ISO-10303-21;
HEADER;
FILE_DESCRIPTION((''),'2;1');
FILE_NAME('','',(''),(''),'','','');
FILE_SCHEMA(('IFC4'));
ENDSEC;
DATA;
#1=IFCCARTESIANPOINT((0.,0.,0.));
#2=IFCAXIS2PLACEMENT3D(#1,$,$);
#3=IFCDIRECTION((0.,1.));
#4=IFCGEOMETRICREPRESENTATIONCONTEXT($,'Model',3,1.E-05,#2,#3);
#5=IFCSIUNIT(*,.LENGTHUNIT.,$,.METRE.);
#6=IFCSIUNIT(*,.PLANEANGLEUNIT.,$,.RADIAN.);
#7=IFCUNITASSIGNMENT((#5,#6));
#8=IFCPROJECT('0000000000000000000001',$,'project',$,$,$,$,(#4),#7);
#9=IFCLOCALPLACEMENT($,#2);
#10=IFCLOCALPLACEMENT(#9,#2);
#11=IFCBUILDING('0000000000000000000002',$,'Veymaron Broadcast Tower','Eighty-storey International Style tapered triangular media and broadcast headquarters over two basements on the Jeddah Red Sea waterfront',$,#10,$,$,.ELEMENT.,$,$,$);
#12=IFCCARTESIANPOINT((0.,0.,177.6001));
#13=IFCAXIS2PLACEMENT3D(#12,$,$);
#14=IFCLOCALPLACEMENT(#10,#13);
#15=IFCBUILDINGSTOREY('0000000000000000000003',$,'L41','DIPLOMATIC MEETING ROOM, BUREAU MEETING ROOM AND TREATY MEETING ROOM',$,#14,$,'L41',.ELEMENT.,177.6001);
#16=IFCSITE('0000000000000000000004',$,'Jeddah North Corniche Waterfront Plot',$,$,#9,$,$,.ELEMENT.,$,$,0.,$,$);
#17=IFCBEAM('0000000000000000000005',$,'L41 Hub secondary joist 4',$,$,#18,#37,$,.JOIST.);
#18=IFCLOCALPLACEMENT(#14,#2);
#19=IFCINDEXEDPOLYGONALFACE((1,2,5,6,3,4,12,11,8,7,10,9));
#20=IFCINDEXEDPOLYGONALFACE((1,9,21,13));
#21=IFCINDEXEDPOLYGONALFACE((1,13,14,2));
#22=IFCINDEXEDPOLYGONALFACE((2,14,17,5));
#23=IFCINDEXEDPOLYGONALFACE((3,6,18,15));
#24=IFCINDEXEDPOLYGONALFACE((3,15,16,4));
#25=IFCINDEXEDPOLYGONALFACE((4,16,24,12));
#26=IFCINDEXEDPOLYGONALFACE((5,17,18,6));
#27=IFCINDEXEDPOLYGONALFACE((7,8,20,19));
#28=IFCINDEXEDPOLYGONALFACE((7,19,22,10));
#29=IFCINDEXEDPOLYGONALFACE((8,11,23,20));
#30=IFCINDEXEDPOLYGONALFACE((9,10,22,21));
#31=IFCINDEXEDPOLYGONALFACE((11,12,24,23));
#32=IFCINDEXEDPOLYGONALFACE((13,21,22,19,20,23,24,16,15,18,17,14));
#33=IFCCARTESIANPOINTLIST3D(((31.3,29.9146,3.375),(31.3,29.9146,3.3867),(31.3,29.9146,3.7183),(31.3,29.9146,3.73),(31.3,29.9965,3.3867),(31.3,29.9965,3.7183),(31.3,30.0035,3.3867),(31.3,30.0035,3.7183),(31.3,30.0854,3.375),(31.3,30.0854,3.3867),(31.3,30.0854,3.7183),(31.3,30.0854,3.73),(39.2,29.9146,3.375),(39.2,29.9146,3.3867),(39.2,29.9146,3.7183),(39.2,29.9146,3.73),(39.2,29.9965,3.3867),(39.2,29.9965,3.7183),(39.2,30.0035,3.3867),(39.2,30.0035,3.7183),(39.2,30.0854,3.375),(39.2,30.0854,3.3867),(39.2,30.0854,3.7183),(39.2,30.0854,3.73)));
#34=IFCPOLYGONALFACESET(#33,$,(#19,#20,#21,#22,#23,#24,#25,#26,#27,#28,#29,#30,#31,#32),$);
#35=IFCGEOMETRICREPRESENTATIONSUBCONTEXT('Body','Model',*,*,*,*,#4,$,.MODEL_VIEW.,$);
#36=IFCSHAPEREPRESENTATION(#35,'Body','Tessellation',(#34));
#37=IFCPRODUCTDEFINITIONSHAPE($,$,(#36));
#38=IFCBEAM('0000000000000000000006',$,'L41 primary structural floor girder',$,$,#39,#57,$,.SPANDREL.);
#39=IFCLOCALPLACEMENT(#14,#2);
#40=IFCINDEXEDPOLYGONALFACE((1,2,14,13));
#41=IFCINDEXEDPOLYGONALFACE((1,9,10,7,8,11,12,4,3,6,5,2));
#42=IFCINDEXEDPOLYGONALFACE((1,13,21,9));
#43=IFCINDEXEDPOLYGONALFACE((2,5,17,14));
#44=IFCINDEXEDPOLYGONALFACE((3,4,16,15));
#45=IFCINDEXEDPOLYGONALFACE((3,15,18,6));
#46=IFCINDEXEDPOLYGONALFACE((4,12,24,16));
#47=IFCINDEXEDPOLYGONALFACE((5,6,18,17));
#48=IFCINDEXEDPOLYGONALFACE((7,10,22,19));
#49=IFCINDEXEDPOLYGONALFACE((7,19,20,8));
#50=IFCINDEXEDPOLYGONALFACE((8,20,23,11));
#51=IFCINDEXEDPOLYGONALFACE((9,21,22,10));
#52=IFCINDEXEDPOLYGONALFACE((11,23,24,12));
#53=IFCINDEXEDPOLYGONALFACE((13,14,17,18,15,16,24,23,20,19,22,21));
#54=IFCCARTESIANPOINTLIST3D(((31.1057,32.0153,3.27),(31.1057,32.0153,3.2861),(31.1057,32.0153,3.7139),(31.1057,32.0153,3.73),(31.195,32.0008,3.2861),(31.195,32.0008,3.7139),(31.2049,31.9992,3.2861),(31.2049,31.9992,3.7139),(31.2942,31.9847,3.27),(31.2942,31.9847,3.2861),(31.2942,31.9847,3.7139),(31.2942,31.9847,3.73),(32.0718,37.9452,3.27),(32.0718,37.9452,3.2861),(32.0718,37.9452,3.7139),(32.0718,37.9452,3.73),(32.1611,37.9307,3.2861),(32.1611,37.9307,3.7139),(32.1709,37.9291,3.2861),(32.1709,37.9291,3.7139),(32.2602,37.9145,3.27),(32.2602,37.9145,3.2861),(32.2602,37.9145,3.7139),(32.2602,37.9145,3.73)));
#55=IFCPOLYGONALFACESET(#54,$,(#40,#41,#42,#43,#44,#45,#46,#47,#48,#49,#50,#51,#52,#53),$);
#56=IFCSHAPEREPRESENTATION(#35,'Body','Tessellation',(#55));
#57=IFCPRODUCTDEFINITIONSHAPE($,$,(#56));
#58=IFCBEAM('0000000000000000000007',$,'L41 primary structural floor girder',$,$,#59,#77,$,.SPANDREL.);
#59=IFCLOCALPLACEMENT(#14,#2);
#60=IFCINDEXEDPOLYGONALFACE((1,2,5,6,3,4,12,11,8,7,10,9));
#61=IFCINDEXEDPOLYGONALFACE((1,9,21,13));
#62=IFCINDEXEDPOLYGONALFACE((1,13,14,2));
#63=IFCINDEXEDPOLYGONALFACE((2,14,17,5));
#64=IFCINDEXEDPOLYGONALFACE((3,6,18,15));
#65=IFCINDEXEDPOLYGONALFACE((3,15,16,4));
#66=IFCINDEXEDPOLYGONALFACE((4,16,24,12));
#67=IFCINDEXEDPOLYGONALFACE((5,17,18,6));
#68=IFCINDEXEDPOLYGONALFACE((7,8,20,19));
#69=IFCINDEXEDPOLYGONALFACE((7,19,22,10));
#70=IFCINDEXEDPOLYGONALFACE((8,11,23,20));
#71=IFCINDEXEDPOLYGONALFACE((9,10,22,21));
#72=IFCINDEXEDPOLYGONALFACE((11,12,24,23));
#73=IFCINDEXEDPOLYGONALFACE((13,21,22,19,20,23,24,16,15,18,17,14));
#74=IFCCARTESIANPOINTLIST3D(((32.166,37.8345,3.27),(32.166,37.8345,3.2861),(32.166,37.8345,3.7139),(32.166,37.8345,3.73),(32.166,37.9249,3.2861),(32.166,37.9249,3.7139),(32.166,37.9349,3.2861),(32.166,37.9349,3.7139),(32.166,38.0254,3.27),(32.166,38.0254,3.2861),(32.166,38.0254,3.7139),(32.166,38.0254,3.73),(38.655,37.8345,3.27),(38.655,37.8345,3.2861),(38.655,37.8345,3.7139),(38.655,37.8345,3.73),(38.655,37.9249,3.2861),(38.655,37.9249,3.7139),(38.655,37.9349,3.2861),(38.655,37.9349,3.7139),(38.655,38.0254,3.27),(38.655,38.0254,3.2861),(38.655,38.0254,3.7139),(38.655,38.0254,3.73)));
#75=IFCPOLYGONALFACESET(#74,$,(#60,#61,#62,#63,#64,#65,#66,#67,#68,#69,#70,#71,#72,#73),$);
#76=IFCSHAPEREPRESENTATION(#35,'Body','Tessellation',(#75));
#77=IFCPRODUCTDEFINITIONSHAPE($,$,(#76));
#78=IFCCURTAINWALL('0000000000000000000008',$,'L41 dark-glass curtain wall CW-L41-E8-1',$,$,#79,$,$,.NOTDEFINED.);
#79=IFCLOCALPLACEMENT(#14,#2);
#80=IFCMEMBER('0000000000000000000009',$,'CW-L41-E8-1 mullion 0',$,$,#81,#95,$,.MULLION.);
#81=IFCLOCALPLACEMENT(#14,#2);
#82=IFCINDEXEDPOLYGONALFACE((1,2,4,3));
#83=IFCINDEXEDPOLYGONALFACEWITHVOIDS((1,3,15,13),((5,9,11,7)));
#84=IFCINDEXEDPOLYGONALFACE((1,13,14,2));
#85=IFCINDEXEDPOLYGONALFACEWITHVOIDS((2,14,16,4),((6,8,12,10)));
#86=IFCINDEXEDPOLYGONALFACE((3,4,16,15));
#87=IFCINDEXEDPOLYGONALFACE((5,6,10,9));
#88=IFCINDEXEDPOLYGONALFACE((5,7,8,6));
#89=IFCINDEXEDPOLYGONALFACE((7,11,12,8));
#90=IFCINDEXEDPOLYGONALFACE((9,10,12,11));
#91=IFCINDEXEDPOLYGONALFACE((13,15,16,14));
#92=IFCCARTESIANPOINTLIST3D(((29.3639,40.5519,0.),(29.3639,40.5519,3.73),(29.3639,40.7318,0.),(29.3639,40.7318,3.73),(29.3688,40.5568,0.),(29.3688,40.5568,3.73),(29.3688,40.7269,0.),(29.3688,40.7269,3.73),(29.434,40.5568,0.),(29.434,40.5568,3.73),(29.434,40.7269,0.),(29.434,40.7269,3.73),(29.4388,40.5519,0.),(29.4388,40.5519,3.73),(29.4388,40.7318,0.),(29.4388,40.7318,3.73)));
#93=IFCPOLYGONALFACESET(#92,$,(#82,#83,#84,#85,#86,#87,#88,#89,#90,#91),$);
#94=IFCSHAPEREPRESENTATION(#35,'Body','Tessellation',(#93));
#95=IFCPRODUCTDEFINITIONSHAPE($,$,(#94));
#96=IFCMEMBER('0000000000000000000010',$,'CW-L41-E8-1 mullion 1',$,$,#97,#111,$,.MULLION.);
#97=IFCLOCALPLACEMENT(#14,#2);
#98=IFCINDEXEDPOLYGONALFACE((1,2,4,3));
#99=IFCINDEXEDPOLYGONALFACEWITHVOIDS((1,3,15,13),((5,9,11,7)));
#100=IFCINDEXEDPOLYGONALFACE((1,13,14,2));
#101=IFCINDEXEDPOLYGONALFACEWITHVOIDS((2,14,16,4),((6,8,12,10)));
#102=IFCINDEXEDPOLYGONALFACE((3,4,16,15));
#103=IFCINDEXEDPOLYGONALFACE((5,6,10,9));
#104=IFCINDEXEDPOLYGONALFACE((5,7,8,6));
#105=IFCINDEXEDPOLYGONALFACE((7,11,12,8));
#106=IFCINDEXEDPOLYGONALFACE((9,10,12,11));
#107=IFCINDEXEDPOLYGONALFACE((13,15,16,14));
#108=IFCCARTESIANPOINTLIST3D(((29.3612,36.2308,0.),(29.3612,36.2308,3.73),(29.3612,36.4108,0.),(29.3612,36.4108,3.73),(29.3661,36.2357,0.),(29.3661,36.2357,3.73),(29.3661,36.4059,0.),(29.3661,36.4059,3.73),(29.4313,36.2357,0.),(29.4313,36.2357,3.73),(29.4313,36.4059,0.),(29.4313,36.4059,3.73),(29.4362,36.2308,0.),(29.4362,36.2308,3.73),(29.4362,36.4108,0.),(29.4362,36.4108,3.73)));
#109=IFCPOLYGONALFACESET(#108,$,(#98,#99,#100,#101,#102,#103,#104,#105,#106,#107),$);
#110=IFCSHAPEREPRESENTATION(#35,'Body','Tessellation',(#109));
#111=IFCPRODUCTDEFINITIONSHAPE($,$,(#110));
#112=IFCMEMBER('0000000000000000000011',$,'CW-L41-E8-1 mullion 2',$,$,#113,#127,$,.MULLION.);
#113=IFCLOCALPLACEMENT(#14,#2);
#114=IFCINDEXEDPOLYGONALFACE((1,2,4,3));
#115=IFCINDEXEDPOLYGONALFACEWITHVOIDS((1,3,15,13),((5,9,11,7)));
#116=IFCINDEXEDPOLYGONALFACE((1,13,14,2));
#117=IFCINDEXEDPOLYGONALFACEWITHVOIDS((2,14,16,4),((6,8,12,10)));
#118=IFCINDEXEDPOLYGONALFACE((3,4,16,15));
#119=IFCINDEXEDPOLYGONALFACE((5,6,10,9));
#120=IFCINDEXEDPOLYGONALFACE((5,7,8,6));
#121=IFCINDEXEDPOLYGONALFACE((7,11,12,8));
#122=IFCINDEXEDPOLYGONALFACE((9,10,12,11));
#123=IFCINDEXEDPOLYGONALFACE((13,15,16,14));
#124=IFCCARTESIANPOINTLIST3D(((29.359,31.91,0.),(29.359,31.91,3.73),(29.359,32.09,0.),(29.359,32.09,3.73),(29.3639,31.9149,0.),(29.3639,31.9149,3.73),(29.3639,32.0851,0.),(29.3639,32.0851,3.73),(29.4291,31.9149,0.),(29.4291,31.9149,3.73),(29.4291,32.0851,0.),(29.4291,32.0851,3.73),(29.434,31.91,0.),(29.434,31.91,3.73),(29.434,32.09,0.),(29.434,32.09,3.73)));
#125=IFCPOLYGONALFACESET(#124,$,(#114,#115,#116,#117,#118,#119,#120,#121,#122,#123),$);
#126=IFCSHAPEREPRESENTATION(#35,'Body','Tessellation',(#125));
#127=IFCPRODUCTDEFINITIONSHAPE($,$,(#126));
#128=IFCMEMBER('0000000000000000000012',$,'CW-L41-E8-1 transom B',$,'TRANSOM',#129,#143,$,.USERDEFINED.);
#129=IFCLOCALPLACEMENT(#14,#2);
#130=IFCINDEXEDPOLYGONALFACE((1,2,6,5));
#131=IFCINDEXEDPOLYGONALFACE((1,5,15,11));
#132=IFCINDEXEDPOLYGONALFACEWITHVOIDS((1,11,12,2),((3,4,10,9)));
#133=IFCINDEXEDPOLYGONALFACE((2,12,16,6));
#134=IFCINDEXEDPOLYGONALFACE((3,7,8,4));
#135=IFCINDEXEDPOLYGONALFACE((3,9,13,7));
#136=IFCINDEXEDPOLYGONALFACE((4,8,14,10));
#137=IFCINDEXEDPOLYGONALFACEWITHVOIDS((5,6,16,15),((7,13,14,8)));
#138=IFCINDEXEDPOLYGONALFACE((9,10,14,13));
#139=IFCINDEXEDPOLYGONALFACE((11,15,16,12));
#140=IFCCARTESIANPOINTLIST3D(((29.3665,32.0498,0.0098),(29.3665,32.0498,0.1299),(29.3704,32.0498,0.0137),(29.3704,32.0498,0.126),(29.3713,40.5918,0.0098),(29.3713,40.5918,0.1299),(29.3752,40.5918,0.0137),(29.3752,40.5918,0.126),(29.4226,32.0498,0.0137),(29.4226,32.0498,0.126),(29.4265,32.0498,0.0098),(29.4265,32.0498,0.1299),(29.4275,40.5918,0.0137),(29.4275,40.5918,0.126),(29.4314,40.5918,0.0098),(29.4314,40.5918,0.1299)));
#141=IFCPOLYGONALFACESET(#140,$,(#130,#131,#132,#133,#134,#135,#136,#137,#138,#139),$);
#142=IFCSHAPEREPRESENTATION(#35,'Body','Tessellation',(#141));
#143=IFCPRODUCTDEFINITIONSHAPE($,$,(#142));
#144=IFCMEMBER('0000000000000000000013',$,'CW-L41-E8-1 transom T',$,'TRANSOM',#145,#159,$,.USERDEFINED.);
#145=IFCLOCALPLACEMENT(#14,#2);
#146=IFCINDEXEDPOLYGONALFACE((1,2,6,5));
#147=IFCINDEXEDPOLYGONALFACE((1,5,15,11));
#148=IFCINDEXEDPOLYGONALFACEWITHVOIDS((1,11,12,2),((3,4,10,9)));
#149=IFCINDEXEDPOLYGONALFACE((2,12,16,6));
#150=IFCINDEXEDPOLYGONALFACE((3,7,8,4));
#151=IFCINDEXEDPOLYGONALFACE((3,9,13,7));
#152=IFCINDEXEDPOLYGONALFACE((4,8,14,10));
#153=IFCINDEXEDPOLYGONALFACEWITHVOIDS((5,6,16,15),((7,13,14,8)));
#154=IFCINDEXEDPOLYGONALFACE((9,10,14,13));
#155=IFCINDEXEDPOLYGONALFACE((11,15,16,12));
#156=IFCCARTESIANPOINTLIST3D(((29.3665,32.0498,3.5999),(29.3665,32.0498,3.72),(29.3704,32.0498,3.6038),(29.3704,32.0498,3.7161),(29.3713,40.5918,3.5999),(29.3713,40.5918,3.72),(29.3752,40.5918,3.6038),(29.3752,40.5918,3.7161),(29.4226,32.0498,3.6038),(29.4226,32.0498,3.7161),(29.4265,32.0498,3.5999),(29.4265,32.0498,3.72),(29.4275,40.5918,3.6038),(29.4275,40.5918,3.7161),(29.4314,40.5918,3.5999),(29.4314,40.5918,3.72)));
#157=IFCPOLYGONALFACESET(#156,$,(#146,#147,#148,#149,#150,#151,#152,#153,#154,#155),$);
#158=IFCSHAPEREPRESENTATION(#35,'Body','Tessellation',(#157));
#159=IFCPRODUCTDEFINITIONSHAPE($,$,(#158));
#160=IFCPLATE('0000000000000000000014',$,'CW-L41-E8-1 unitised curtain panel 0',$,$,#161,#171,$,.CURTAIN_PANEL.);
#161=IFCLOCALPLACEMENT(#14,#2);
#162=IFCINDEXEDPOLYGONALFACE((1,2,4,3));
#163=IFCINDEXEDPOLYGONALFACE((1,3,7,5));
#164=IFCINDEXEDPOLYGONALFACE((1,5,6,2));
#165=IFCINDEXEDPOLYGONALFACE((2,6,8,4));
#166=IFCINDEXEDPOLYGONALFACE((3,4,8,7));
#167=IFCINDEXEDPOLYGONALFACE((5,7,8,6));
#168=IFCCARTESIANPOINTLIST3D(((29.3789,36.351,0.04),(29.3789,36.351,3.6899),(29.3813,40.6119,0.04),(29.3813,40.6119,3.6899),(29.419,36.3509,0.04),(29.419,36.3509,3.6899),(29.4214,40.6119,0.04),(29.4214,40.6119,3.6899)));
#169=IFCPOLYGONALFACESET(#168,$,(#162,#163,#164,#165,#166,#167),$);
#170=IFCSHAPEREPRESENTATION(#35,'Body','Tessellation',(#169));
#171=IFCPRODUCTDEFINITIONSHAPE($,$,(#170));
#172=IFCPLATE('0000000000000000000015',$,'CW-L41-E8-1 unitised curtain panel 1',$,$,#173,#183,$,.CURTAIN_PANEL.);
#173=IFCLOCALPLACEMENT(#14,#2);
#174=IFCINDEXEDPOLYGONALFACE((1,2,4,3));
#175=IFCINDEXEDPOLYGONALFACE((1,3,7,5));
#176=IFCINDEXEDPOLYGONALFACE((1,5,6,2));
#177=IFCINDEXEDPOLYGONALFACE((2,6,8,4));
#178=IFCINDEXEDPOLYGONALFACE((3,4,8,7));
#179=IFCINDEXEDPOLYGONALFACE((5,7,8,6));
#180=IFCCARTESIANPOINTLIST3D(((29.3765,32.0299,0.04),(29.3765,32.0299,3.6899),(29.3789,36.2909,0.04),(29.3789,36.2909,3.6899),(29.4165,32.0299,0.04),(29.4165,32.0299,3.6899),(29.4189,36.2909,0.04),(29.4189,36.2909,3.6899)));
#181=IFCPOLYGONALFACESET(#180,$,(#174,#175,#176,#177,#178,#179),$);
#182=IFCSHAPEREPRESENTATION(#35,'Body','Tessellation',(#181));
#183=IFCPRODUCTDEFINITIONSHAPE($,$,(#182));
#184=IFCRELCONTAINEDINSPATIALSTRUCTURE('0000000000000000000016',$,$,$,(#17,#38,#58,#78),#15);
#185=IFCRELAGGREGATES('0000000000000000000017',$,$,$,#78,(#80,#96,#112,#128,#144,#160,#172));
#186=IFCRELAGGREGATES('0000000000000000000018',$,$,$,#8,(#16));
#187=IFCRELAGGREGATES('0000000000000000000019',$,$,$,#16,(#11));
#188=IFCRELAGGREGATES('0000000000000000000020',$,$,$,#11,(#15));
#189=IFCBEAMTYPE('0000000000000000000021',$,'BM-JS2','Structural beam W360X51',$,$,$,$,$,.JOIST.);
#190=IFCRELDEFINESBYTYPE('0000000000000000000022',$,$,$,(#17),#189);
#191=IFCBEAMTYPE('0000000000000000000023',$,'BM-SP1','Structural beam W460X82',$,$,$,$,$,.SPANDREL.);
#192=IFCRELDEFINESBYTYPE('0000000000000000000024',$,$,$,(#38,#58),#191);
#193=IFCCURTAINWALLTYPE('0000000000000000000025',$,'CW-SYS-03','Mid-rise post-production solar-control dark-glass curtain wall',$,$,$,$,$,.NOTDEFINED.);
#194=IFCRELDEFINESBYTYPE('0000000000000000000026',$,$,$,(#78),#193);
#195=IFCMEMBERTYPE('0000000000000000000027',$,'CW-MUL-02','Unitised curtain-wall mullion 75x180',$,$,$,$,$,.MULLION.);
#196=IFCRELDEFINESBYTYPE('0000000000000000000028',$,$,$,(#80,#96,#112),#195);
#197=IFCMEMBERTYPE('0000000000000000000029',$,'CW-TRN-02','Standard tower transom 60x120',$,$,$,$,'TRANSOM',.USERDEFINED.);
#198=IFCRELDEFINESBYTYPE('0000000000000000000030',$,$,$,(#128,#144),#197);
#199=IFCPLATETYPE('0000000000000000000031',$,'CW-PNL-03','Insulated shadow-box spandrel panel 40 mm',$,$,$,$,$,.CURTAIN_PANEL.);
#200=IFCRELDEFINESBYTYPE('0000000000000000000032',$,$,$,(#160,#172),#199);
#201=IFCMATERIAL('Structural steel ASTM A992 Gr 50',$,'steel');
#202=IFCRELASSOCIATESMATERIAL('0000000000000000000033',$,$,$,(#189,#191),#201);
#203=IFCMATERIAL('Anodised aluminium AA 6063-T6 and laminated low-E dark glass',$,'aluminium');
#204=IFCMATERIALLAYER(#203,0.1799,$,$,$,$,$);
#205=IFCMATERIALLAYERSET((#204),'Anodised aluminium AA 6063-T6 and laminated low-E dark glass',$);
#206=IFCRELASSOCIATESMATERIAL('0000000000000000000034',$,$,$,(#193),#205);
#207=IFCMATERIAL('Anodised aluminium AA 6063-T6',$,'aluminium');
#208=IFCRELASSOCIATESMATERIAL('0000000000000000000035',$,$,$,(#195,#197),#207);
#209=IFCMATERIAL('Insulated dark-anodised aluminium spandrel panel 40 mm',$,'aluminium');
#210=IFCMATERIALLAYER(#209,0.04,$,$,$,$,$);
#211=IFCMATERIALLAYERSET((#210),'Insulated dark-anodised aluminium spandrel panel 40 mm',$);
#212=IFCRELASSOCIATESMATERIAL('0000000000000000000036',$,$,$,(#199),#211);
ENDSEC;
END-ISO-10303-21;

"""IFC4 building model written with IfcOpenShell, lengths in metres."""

from ifc_helpers import new_model, si_unit, direction, frame, origin, origin_2d, place, context, subcontext, project, spatial, rectangle, hollow_rectangle, i_section, extrude, material, layer, layer_set, material_profile, profile_set, type_object, element, aggregate, save


model = new_model("IFC4")

# Units and contexts
model_context = context("Model", 3, precision=1e-05, world=origin(), true_north=direction((0.0, 1.0)))
body_context = subcontext(model_context, "Body", "Model", "MODEL_VIEW")
ifc_project = project(units=[si_unit("LENGTHUNIT", "METRE"), si_unit("PLANEANGLEUNIT", "RADIAN")], contexts=[model_context])

# Site, building, storey
site_placement = place(None, origin())
site = spatial("IfcSite", under=ifc_project, at=site_placement, Name="Jeddah North Corniche Waterfront Plot", CompositionType="ELEMENT", RefElevation=0.0)
building_placement = place(site_placement, origin())
building = spatial("IfcBuilding", under=site, at=building_placement, Name="Veymaron Broadcast Tower", Description="Eighty-storey International Style tapered triangular media and broadcast headquarters over two basements on the Jeddah Red Sea waterfront", CompositionType="ELEMENT")
storey_placement = place(building_placement, frame((0.0, 0.0, 177.6001)))
storey = spatial("IfcBuildingStorey", under=building, at=storey_placement, Name="L41", Description="DIPLOMATIC MEETING ROOM, BUREAU MEETING ROOM AND TREATY MEETING ROOM", LongName="L41", CompositionType="ELEMENT", Elevation=177.6001)

# Shared definitions
ifc_material_1 = material(Name="Structural steel ASTM A992 Gr 50", Category="steel")

# Beams
ifc_material_profile_1 = material_profile(ifc_material_1, i_section(OverallWidth=0.1709, OverallDepth=0.355, WebThickness=0.0071, FlangeThickness=0.0117, at=origin_2d()), Name="W360X51")
ifc_profile_set_1 = profile_set([ifc_material_profile_1], Name="Structural steel ASTM A992 Gr 50")
beam_type_1 = type_object("IfcBeamType", Name="BM-JS2", Description="Structural beam W360X51", PredefinedType="JOIST", material=ifc_profile_set_1)
for number, where, z_axis, x_axis, name in (
    (1, (31.3, 30.0, 3.5525), (1.0, 0.0, 0.0), (0.0, 1.0, 0.0), "L41 Hub secondary joist 4"),
):
    element("IfcBeam", number, at=place(storey_placement, frame(where, z_axis=z_axis, x_axis=x_axis)), inside=storey, type_object=beam_type_1, Name=name, PredefinedType="JOIST", context=body_context, shape_type="SweptSolid", body=[
        extrude(i_section(OverallWidth=0.1709, OverallDepth=0.355, WebThickness=0.0071, FlangeThickness=0.0117, at=origin_2d()), origin(), (0.0, 0.0, 1.0), 7.8999),
    ])
ifc_material_profile_2 = material_profile(ifc_material_1, i_section(OverallWidth=0.1909, OverallDepth=0.46, WebThickness=0.01, FlangeThickness=0.0161, at=origin_2d()), Name="W460X82")
ifc_profile_set_2 = profile_set([ifc_material_profile_2], Name="Structural steel ASTM A992 Gr 50")
beam_type_2 = type_object("IfcBeamType", Name="BM-SP1", Description="Structural beam W460X82", PredefinedType="SPANDREL", material=ifc_profile_set_2)
beam_1_placement = place(storey_placement, frame((31.2, 32.0, 3.5), z_axis=(0.160793, 0.986988, 0.0), x_axis=(-0.986988, 0.160793, 0.0)))
element("IfcBeam", 2, at=beam_1_placement, inside=storey, type_object=beam_type_2, Name="L41 primary structural floor girder", PredefinedType="SPANDREL", context=body_context, shape_type="SweptSolid", body=[
    extrude(i_section(OverallWidth=0.1909, OverallDepth=0.46, WebThickness=0.01, FlangeThickness=0.0161, at=origin_2d()), origin(), (0.0, 0.0, 1.0), 6.0081),
])
beam_2_placement = place(storey_placement, frame((32.166, 37.9299, 3.5), z_axis=(1.0, 0.0, 0.0), x_axis=(0.0, 1.0, 0.0)))
element("IfcBeam", 3, at=beam_2_placement, inside=storey, type_object=beam_type_2, Name="L41 primary structural floor girder", PredefinedType="SPANDREL", context=body_context, shape_type="SweptSolid", body=[
    extrude(i_section(OverallWidth=0.1909, OverallDepth=0.46, WebThickness=0.01, FlangeThickness=0.0161, at=origin_2d()), origin(), (0.0, 0.0, 1.0), 6.489),
])

# Curtain wall, members, plates
ifc_material_2 = material(Name="Anodised aluminium AA 6063-T6 and laminated low-E dark glass", Category="aluminium")
ifc_layer_1 = layer(ifc_material_2, 0.1799)
ifc_layer_set_1 = layer_set([ifc_layer_1], Name="Anodised aluminium AA 6063-T6 and laminated low-E dark glass")
curtain_wall_type = type_object("IfcCurtainWallType", Name="CW-SYS-03", Description="Mid-rise post-production solar-control dark-glass curtain wall", PredefinedType="NOTDEFINED", material=ifc_layer_set_1)
curtain_wall_placement = place(storey_placement, origin())
curtain_wall = element("IfcCurtainWall", 4, at=curtain_wall_placement, inside=storey, type_object=curtain_wall_type, Name="L41 dark-glass curtain wall CW-L41-E8-1", PredefinedType="NOTDEFINED")
ifc_material_3 = material(Name="Anodised aluminium AA 6063-T6", Category="aluminium")
ifc_material_profile_3 = material_profile(ifc_material_3, hollow_rectangle(XDim=0.075, YDim=0.1799, WallThickness=0.0049, at=origin_2d()), Name="AL180X75X5")
ifc_profile_set_3 = profile_set([ifc_material_profile_3], Name="Anodised aluminium AA 6063-T6")
member_type_1 = type_object("IfcMemberType", Name="CW-MUL-02", Description="Unitised curtain-wall mullion 75x180", PredefinedType="MULLION", material=ifc_profile_set_3)
member_1_placement = place(storey_placement, frame((29.4014, 40.6418, 0.0), z_axis=(0.0, 0.0, 1.0), x_axis=(1.0, 0.0, 0.0)))
member_1 = element("IfcMember", 5, at=member_1_placement, type_object=member_type_1, Name="CW-L41-E8-1 mullion 0", PredefinedType="MULLION", context=body_context, shape_type="SweptSolid", body=[
    extrude(hollow_rectangle(XDim=0.075, YDim=0.1799, WallThickness=0.0049, at=origin_2d()), origin(), (0.0, 0.0, 1.0), 3.73),
])
member_2_placement = place(storey_placement, frame((29.3987, 36.3208, 0.0), z_axis=(0.0, 0.0, 1.0), x_axis=(1.0, 0.0, 0.0)))
member_2 = element("IfcMember", 6, at=member_2_placement, type_object=member_type_1, Name="CW-L41-E8-1 mullion 1", PredefinedType="MULLION", context=body_context, shape_type="SweptSolid", body=[
    extrude(hollow_rectangle(XDim=0.075, YDim=0.1799, WallThickness=0.0049, at=origin_2d()), origin(), (0.0, 0.0, 1.0), 3.73),
])
member_3_placement = place(storey_placement, frame((29.3965, 32.0, 0.0), z_axis=(0.0, 0.0, 1.0), x_axis=(1.0, 0.0, 0.0)))
member_3 = element("IfcMember", 7, at=member_3_placement, type_object=member_type_1, Name="CW-L41-E8-1 mullion 2", PredefinedType="MULLION", context=body_context, shape_type="SweptSolid", body=[
    extrude(hollow_rectangle(XDim=0.075, YDim=0.1799, WallThickness=0.0049, at=origin_2d()), origin(), (0.0, 0.0, 1.0), 3.73),
])
ifc_material_profile_4 = material_profile(ifc_material_3, hollow_rectangle(XDim=0.0601, YDim=0.1201, WallThickness=0.0039, at=origin_2d()), Name="AL120X60X4")
ifc_profile_set_4 = profile_set([ifc_material_profile_4], Name="Anodised aluminium AA 6063-T6")
member_type_2 = type_object("IfcMemberType", Name="CW-TRN-02", Description="Standard tower transom 60x120", ElementType="TRANSOM", PredefinedType="USERDEFINED", material=ifc_profile_set_4)
member_4_placement = place(storey_placement, frame((29.4014, 40.5918, 0.0698), z_axis=(-0.000572, -1.0, 0.0), x_axis=(1.0, -0.000572, 0.0)))
member_4 = element("IfcMember", 8, at=member_4_placement, type_object=member_type_2, Name="CW-L41-E8-1 transom B", ObjectType="TRANSOM", PredefinedType="USERDEFINED", context=body_context, shape_type="SweptSolid", body=[
    extrude(hollow_rectangle(XDim=0.0601, YDim=0.1201, WallThickness=0.0039, at=origin_2d()), origin(), (0.0, 0.0, 1.0), 8.542),
])
member_5_placement = place(storey_placement, frame((29.4014, 40.5918, 3.6599), z_axis=(-0.000572, -1.0, 0.0), x_axis=(1.0, -0.000572, 0.0)))
member_5 = element("IfcMember", 9, at=member_5_placement, type_object=member_type_2, Name="CW-L41-E8-1 transom T", ObjectType="TRANSOM", PredefinedType="USERDEFINED", context=body_context, shape_type="SweptSolid", body=[
    extrude(hollow_rectangle(XDim=0.0601, YDim=0.1201, WallThickness=0.0039, at=origin_2d()), origin(), (0.0, 0.0, 1.0), 8.542),
])
ifc_material_4 = material(Name="Insulated dark-anodised aluminium spandrel panel 40 mm", Category="aluminium")
ifc_layer_2 = layer(ifc_material_4, 0.04)
ifc_layer_set_2 = layer_set([ifc_layer_2], Name="Insulated dark-anodised aluminium spandrel panel 40 mm")
plate_type = type_object("IfcPlateType", Name="CW-PNL-03", Description="Insulated shadow-box spandrel panel 40 mm", PredefinedType="CURTAIN_PANEL", material=ifc_layer_set_2)
plate_1_placement = place(storey_placement, frame((29.4001, 38.4814, 0.04), z_axis=(0.0, 0.0, 1.0), x_axis=(-0.000559, -1.0, 0.0)))
plate_1 = element("IfcPlate", 10, at=plate_1_placement, type_object=plate_type, Name="CW-L41-E8-1 unitised curtain panel 0", PredefinedType="CURTAIN_PANEL", context=body_context, shape_type="SweptSolid", body=[
    extrude(rectangle(XDim=4.261, YDim=0.04, at=origin_2d()), origin(), (0.0, 0.0, 1.0), 3.6499),
])
plate_2_placement = place(storey_placement, frame((29.3977, 34.1604, 0.04), z_axis=(0.0, 0.0, 1.0), x_axis=(-0.000559, -1.0, 0.0)))
plate_2 = element("IfcPlate", 11, at=plate_2_placement, type_object=plate_type, Name="CW-L41-E8-1 unitised curtain panel 1", PredefinedType="CURTAIN_PANEL", context=body_context, shape_type="SweptSolid", body=[
    extrude(rectangle(XDim=4.261, YDim=0.04, at=origin_2d()), origin(), (0.0, 0.0, 1.0), 3.6499),
])
aggregate(curtain_wall, [member_1, member_2, member_3, member_4, member_5, plate_1, plate_2])

save(model, "model.ifc")
